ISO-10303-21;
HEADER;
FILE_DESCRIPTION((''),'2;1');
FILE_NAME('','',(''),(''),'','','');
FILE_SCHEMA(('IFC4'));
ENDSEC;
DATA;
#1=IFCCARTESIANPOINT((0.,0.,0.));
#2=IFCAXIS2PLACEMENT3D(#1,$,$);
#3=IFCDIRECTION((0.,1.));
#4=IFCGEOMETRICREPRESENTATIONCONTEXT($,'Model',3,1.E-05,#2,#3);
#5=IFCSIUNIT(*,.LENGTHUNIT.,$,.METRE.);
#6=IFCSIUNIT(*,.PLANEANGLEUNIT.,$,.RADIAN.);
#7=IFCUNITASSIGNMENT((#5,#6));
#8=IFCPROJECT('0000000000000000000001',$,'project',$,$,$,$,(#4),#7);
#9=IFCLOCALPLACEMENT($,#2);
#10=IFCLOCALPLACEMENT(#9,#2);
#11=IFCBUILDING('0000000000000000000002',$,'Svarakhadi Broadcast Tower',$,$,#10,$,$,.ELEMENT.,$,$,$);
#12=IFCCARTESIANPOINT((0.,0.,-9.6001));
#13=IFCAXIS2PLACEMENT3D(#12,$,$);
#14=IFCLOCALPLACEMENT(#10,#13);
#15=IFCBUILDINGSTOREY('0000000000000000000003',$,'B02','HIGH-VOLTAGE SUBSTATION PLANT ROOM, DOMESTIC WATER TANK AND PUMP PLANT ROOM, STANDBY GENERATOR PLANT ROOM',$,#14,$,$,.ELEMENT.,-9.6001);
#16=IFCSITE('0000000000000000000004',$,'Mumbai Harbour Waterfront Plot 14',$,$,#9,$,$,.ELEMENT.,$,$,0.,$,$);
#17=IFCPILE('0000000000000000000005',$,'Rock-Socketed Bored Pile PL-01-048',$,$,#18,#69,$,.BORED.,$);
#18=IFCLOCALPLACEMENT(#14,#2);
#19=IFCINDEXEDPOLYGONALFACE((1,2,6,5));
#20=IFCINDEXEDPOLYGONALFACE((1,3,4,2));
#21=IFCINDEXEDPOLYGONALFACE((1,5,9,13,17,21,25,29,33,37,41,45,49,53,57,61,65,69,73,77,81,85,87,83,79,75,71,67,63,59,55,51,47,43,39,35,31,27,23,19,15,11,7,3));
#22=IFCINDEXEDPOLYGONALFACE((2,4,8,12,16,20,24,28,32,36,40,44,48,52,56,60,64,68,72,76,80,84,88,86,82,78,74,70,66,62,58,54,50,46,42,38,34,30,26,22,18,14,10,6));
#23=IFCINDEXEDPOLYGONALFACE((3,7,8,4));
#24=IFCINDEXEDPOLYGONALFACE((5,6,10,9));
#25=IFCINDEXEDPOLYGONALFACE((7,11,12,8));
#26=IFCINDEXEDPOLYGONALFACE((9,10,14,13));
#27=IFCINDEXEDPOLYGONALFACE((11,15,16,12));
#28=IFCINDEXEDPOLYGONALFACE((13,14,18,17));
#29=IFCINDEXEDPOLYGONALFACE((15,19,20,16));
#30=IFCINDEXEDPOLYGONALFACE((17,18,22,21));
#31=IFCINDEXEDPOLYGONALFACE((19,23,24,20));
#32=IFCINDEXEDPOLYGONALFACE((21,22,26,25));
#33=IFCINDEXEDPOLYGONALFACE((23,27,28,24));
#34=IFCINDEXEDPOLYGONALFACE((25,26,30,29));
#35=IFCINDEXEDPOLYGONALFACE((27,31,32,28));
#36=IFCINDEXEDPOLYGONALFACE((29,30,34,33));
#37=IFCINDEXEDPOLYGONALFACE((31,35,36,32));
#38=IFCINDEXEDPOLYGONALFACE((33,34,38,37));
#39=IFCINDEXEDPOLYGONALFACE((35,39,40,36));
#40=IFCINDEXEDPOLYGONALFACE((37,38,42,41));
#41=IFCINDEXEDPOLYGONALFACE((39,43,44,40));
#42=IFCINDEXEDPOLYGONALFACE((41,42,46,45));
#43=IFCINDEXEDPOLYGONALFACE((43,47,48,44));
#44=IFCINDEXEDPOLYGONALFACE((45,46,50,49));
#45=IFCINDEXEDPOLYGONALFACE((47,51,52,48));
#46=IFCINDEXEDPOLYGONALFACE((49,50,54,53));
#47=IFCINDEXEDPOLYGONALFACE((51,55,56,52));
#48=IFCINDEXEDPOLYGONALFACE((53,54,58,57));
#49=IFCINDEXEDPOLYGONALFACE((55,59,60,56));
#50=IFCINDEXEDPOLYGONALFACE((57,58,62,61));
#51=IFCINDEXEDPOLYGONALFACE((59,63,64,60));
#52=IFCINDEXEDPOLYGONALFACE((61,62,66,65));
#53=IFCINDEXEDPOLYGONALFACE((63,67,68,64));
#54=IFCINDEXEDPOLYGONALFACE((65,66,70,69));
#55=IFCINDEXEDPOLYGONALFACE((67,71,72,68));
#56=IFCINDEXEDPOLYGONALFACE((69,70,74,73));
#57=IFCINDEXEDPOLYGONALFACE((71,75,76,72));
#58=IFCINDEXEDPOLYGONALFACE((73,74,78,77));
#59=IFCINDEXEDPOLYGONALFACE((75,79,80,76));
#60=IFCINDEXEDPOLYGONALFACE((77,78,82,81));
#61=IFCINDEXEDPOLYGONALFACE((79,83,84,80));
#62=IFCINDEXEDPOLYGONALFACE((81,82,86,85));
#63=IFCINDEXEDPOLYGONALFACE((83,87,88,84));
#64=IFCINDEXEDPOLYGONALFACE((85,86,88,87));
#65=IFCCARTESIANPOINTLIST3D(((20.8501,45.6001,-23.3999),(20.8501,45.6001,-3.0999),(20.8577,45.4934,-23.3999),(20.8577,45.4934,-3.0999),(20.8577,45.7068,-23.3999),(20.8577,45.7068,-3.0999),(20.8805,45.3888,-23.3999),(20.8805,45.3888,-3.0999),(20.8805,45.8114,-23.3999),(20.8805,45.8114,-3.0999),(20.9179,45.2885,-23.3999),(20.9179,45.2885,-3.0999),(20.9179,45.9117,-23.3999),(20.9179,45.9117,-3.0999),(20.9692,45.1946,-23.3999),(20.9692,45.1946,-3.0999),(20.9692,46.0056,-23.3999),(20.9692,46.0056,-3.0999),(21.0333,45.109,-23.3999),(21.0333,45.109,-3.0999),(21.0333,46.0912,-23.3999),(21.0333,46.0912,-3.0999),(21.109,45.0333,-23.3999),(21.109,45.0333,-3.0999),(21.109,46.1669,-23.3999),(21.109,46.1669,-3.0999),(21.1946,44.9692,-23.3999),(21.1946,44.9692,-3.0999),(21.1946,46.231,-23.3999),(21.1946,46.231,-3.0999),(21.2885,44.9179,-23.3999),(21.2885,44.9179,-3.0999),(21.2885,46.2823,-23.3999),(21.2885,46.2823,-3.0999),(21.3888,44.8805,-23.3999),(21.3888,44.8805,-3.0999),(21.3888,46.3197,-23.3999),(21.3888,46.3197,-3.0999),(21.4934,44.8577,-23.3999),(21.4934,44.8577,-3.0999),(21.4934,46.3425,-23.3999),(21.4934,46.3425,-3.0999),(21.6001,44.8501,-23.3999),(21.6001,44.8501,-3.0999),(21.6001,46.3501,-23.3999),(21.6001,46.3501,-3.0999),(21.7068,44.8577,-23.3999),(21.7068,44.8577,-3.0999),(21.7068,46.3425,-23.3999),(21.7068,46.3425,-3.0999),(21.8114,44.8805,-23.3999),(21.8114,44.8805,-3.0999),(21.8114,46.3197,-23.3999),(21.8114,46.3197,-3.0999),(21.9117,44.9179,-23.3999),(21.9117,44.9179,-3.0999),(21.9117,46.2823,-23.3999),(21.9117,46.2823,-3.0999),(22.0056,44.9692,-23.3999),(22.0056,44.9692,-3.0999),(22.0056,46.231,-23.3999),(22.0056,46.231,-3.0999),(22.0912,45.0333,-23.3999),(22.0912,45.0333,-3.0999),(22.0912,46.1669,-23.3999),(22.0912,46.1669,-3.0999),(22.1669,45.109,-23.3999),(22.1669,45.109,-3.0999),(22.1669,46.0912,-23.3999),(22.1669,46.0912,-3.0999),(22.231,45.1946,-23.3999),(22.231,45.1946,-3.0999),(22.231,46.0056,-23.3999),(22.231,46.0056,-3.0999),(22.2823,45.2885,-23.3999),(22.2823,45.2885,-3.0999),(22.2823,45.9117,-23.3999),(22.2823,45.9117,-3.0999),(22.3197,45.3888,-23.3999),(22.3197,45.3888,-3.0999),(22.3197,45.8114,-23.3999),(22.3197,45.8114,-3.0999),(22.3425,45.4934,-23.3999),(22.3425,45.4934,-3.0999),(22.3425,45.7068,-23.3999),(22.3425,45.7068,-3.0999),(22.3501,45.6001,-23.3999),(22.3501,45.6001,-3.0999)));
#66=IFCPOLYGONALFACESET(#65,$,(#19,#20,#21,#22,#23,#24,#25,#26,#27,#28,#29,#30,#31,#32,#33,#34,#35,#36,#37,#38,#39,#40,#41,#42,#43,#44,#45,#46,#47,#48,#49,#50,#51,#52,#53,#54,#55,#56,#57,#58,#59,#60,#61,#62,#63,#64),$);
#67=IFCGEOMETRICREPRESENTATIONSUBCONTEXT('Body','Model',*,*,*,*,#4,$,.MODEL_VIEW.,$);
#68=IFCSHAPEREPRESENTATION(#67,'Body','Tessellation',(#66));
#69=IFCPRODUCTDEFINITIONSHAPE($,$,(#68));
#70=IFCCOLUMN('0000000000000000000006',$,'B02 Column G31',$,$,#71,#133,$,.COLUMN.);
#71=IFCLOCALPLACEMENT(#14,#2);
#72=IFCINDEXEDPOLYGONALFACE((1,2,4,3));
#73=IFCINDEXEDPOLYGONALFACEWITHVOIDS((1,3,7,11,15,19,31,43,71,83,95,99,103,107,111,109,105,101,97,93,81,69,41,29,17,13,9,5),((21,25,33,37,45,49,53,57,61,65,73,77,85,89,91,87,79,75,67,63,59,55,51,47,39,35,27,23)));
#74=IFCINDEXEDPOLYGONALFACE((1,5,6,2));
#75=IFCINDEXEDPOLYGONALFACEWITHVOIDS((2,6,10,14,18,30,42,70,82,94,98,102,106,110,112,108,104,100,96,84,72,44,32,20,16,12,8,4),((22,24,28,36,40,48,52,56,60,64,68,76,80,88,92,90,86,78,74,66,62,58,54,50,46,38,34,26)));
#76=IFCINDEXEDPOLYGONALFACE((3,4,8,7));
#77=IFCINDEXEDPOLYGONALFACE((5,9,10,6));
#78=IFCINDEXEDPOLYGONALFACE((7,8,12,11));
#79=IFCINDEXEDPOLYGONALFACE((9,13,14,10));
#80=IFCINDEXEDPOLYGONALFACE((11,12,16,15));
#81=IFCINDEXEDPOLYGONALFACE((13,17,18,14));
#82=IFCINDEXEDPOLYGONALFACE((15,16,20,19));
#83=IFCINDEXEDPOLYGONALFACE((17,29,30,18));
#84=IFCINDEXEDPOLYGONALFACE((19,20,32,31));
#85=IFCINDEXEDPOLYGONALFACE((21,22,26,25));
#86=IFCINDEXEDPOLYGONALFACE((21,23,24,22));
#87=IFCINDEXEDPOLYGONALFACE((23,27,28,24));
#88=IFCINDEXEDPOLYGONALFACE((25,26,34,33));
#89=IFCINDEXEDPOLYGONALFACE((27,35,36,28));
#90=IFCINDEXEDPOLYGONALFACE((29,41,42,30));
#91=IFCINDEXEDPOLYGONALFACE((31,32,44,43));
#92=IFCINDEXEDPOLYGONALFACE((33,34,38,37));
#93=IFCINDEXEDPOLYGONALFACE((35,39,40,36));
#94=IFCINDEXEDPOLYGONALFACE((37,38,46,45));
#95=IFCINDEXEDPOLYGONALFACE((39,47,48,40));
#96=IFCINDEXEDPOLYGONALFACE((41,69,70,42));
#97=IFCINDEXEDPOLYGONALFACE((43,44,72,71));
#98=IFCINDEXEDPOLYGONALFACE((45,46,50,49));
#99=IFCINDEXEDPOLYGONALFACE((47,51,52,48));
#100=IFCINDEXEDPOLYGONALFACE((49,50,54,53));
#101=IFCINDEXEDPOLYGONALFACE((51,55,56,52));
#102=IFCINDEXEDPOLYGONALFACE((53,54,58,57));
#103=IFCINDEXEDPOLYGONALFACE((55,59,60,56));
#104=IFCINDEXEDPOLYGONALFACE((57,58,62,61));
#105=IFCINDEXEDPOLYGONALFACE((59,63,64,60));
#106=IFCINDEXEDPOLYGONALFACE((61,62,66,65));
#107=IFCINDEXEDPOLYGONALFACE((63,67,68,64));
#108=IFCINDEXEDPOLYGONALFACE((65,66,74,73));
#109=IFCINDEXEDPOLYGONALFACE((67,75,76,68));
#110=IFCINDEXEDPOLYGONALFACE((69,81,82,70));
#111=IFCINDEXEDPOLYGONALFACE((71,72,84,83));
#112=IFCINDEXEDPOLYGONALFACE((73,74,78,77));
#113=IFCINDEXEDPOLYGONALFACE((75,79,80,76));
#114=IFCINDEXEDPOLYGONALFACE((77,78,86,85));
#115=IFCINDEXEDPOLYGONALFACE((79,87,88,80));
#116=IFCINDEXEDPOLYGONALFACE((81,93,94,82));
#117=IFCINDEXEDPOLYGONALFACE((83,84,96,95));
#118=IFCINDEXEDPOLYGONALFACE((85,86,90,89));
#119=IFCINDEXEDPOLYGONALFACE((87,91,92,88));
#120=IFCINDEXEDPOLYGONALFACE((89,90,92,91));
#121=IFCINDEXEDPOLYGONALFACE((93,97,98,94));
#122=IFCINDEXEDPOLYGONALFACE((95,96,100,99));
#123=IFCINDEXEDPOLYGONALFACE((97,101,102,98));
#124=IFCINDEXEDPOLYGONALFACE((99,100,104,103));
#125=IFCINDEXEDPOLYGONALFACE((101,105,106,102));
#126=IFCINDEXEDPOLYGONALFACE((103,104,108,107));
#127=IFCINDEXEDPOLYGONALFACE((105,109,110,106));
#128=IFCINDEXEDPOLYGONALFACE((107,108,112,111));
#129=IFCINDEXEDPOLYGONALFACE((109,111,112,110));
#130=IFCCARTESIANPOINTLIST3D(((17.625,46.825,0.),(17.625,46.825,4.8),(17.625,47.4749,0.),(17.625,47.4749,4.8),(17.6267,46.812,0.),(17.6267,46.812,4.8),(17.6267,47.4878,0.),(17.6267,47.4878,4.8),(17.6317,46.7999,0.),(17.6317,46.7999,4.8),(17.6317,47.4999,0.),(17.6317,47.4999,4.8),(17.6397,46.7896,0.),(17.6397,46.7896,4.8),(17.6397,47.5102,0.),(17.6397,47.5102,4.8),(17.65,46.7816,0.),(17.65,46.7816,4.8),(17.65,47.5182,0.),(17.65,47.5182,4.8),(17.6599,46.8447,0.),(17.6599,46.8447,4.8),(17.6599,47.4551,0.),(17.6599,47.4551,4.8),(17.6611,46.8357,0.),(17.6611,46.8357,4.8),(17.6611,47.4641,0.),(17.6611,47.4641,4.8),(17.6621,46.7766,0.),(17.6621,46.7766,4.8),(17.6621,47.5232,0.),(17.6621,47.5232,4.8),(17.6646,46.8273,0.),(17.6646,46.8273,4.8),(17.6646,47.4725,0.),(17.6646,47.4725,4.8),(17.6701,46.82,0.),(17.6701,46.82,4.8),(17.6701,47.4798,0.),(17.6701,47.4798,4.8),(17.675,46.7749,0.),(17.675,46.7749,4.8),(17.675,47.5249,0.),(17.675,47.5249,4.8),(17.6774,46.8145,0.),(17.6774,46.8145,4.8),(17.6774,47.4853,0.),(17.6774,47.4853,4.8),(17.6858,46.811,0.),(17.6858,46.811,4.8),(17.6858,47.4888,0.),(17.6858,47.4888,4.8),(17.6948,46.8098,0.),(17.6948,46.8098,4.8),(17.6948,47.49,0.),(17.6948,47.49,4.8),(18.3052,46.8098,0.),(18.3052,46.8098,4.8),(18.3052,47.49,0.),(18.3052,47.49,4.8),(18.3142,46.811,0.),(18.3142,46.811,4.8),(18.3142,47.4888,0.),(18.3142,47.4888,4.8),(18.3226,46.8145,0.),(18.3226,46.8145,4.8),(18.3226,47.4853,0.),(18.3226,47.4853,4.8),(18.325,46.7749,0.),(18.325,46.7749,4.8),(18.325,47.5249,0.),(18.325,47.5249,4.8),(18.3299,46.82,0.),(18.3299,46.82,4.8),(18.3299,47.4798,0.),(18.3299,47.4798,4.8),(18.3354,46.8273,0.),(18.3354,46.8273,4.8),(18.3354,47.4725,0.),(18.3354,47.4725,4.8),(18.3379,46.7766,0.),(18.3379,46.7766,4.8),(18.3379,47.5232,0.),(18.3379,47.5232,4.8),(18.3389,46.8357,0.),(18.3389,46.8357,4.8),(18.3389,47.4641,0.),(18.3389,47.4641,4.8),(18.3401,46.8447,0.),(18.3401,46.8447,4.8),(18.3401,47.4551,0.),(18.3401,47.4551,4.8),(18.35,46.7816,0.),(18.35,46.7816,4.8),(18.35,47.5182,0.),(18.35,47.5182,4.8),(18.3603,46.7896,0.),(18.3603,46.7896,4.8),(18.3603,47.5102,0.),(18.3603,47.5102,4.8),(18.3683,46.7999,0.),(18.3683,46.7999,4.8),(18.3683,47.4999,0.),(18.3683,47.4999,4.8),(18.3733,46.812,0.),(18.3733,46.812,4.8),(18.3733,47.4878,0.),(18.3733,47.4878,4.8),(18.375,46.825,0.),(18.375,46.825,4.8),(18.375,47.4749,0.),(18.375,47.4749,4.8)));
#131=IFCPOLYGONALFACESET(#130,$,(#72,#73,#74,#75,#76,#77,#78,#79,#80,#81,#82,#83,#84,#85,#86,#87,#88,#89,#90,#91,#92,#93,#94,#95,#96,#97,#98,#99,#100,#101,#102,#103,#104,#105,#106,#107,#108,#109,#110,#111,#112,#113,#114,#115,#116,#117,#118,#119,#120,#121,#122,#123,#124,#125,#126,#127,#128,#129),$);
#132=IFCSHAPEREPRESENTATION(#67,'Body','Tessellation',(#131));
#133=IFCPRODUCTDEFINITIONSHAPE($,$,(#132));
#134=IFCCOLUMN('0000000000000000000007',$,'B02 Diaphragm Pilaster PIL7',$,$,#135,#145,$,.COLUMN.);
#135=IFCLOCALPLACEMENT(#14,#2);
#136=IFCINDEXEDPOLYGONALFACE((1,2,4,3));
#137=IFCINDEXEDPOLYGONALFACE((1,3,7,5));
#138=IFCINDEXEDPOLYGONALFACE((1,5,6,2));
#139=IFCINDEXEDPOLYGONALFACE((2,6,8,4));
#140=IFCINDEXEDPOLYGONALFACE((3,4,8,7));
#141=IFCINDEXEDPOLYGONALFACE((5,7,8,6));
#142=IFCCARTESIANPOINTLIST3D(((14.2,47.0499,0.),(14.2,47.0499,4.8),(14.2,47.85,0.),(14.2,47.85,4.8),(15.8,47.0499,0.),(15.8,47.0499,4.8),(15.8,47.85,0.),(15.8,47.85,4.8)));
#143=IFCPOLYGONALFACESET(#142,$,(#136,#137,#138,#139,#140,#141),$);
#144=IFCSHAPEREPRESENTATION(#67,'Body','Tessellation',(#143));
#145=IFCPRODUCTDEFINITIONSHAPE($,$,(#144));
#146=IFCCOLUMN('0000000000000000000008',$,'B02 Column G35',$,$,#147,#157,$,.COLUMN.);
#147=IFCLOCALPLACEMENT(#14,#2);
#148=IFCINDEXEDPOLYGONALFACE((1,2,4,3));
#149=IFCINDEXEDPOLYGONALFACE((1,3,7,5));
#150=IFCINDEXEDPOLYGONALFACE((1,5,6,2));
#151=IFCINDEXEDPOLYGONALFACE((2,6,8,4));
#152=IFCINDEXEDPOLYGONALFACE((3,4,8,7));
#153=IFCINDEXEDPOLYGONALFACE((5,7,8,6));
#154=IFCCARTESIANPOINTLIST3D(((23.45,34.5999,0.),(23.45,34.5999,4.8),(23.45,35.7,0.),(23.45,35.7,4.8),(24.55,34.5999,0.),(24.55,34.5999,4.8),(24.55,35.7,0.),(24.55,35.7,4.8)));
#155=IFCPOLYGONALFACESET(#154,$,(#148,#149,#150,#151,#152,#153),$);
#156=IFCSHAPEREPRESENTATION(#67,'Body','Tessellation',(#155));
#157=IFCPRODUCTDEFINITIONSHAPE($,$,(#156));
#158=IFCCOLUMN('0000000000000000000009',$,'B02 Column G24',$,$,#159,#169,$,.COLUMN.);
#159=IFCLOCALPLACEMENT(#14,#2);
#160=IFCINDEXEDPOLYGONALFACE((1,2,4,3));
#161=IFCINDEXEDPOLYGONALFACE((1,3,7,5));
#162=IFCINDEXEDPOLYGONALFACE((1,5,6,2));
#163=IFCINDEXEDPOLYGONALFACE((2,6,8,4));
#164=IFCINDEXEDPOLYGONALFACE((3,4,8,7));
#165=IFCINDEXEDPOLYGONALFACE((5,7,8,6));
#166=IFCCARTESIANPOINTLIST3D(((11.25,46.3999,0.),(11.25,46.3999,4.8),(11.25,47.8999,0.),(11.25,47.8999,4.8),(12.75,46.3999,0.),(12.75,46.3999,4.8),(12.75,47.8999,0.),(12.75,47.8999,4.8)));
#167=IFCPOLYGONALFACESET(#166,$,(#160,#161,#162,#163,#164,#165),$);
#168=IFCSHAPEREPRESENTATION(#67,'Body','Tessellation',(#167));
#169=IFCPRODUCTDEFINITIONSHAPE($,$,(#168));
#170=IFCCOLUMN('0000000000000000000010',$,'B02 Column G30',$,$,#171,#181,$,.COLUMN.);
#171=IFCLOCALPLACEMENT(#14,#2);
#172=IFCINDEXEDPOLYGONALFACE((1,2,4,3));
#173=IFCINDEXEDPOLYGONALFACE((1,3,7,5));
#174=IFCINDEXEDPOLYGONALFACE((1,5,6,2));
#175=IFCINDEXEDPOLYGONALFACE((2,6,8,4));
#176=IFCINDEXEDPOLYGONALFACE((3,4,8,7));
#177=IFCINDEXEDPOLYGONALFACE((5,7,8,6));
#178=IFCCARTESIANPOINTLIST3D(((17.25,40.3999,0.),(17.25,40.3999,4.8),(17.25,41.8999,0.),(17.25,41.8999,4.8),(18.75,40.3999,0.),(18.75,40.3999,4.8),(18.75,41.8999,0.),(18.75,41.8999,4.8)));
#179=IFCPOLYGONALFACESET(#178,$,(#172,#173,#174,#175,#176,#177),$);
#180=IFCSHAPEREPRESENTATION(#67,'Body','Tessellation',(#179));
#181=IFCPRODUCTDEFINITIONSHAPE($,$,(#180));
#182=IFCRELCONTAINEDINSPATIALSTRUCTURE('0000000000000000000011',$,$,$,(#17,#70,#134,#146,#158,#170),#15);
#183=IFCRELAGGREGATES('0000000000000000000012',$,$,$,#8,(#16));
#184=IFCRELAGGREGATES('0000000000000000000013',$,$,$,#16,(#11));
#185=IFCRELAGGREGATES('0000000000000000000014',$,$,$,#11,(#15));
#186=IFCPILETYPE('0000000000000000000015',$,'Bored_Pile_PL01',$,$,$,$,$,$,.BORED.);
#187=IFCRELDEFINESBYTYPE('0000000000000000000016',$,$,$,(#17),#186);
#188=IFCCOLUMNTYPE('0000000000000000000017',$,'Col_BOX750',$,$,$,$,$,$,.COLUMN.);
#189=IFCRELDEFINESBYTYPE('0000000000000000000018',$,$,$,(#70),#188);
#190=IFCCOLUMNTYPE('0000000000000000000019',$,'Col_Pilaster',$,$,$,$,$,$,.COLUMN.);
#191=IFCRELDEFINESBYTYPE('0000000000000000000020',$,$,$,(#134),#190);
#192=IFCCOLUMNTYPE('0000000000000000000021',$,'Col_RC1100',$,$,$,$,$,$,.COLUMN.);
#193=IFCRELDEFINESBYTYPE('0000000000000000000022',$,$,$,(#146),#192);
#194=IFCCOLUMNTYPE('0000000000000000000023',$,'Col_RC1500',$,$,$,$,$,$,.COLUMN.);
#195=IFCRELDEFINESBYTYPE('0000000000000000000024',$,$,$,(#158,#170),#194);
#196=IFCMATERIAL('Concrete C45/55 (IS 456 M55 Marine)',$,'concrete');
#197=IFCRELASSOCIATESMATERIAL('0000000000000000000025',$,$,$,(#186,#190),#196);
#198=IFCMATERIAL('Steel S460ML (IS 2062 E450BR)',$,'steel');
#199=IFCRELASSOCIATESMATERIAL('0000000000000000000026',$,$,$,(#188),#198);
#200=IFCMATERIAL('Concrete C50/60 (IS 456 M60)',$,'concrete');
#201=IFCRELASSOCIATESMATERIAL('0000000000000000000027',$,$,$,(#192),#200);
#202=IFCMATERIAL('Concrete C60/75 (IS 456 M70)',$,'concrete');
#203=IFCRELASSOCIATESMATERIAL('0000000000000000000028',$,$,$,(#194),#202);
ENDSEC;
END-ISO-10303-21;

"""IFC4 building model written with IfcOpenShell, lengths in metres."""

from ifc_helpers import new_model, si_unit, direction, frame, origin, origin_2d, place, context, subcontext, project, spatial, rectangle, hollow_rectangle, circle, extrude, material, material_profile, profile_set, type_object, element, save


model = new_model("IFC4")

# Units and contexts
model_context = context("Model", 3, precision=1e-05, world=origin(), true_north=direction((0.0, 1.0)))
body_context = subcontext(model_context, "Body", "Model", "MODEL_VIEW")
ifc_project = project(units=[si_unit("LENGTHUNIT", "METRE"), si_unit("PLANEANGLEUNIT", "RADIAN")], contexts=[model_context])

# Site, building, storey
site_placement = place(None, origin())
site = spatial("IfcSite", under=ifc_project, at=site_placement, Name="Mumbai Harbour Waterfront Plot 14", CompositionType="ELEMENT", RefElevation=0.0)
building_placement = place(site_placement, origin())
building = spatial("IfcBuilding", under=site, at=building_placement, Name="Svarakhadi Broadcast Tower", CompositionType="ELEMENT")
storey_placement = place(building_placement, frame((0.0, 0.0, -9.6001)))
storey = spatial("IfcBuildingStorey", under=building, at=storey_placement, Name="B02", Description="HIGH-VOLTAGE SUBSTATION PLANT ROOM, DOMESTIC WATER TANK AND PUMP PLANT ROOM, STANDBY GENERATOR PLANT ROOM", CompositionType="ELEMENT", Elevation=-9.6001)

# Pile
ifc_material_1 = material(Name="Concrete C45/55 (IS 456 M55 Marine)", Category="concrete")
ifc_material_profile_1 = material_profile(ifc_material_1, circle(Radius=0.75, at=origin_2d()), Name="PILE D1500")
ifc_profile_set_1 = profile_set([ifc_material_profile_1], Name="Concrete C45/55 (IS 456 M55 Marine)")
pile_type = type_object("IfcPileType", Name="Bored_Pile_PL01", PredefinedType="BORED", material=ifc_profile_set_1)
for number, where, z_axis, x_axis, name in (
    (1, (21.6001, 45.6001, -3.0999), (0.0, 0.0, -1.0), (1.0, 0.0, 0.0), "Rock-Socketed Bored Pile PL-01-048"),
):
    element("IfcPile", number, at=place(storey_placement, frame(where, z_axis=z_axis, x_axis=x_axis)), inside=storey, type_object=pile_type, Name=name, PredefinedType="BORED", context=body_context, shape_type="SweptSolid", body=[
        extrude(circle(Radius=0.75, at=origin_2d()), origin(), (0.0, 0.0, 1.0), 20.3),
    ])

# Columns
ifc_material_2 = material(Name="Steel S460ML (IS 2062 E450BR)", Category="steel")
ifc_material_profile_2 = material_profile(ifc_material_2, hollow_rectangle(XDim=0.75, YDim=0.75, WallThickness=0.0349, InnerFilletRadius=0.0349, OuterFilletRadius=0.05, at=origin_2d()), Name="BOX 750x750x35")
ifc_profile_set_2 = profile_set([ifc_material_profile_2], Name="Steel S460ML (IS 2062 E450BR)")
column_type_1 = type_object("IfcColumnType", Name="Col_BOX750", PredefinedType="COLUMN", material=ifc_profile_set_2)
column_1_placement = place(storey_placement, frame((18.0, 47.1499, 0.0), z_axis=(0.0, 0.0, 1.0), x_axis=(1.0, 0.0, 0.0)))
element("IfcColumn", 2, at=column_1_placement, inside=storey, type_object=column_type_1, Name="B02 Column G31", PredefinedType="COLUMN", context=body_context, shape_type="SweptSolid", body=[
    extrude(hollow_rectangle(XDim=0.75, YDim=0.75, WallThickness=0.0349, InnerFilletRadius=0.0349, OuterFilletRadius=0.05, at=origin_2d()), origin(), (0.0, 0.0, 1.0), 4.8),
])
ifc_material_profile_3 = material_profile(ifc_material_1, rectangle(XDim=0.8, YDim=1.6001, at=origin_2d()), Name="RC 800x1600")
ifc_profile_set_3 = profile_set([ifc_material_profile_3], Name="Concrete C45/55 (IS 456 M55 Marine)")
column_type_2 = type_object("IfcColumnType", Name="Col_Pilaster", PredefinedType="COLUMN", material=ifc_profile_set_3)
column_2_placement = place(storey_placement, frame((15.0, 47.45, 0.0), z_axis=(0.0, 0.0, 1.0), x_axis=(0.0, 1.0, 0.0)))
element("IfcColumn", 3, at=column_2_placement, inside=storey, type_object=column_type_2, Name="B02 Diaphragm Pilaster PIL7", PredefinedType="COLUMN", context=body_context, shape_type="SweptSolid", body=[
    extrude(rectangle(XDim=0.8, YDim=1.6001, at=origin_2d()), origin(), (0.0, 0.0, 1.0), 4.8),
])
ifc_material_3 = material(Name="Concrete C50/60 (IS 456 M60)", Category="concrete")
ifc_material_profile_4 = material_profile(ifc_material_3, rectangle(XDim=1.1001, YDim=1.1001, at=origin_2d()), Name="RC 1100x1100")
ifc_profile_set_4 = profile_set([ifc_material_profile_4], Name="Concrete C50/60 (IS 456 M60)")
column_type_3 = type_object("IfcColumnType", Name="Col_RC1100", PredefinedType="COLUMN", material=ifc_profile_set_4)
column_3_placement = place(storey_placement, frame((24.0, 35.1499, 0.0), z_axis=(0.0, 0.0, 1.0), x_axis=(1.0, 0.0, 0.0)))
element("IfcColumn", 4, at=column_3_placement, inside=storey, type_object=column_type_3, Name="B02 Column G35", PredefinedType="COLUMN", context=body_context, shape_type="SweptSolid", body=[
    extrude(rectangle(XDim=1.1001, YDim=1.1001, at=origin_2d()), origin(), (0.0, 0.0, 1.0), 4.8),
])
ifc_material_4 = material(Name="Concrete C60/75 (IS 456 M70)", Category="concrete")
ifc_material_profile_5 = material_profile(ifc_material_4, rectangle(XDim=1.5, YDim=1.5, at=origin_2d()), Name="RC 1500x1500")
ifc_profile_set_5 = profile_set([ifc_material_profile_5], Name="Concrete C60/75 (IS 456 M70)")
column_type_4 = type_object("IfcColumnType", Name="Col_RC1500", PredefinedType="COLUMN", material=ifc_profile_set_5)
for number, where, z_axis, x_axis, name in (
    (5, (12.0, 47.1499, 0.0), (0.0, 0.0, 1.0), (1.0, 0.0, 0.0), "B02 Column G24"),
    (6, (18.0, 41.1499, 0.0), (0.0, 0.0, 1.0), (1.0, 0.0, 0.0), "B02 Column G30"),
):
    element("IfcColumn", number, at=place(storey_placement, frame(where, z_axis=z_axis, x_axis=x_axis)), inside=storey, type_object=column_type_4, Name=name, PredefinedType="COLUMN", context=body_context, shape_type="SweptSolid", body=[
        extrude(rectangle(XDim=1.5, YDim=1.5, at=origin_2d()), origin(), (0.0, 0.0, 1.0), 4.8),
    ])

save(model, "model.ifc")
